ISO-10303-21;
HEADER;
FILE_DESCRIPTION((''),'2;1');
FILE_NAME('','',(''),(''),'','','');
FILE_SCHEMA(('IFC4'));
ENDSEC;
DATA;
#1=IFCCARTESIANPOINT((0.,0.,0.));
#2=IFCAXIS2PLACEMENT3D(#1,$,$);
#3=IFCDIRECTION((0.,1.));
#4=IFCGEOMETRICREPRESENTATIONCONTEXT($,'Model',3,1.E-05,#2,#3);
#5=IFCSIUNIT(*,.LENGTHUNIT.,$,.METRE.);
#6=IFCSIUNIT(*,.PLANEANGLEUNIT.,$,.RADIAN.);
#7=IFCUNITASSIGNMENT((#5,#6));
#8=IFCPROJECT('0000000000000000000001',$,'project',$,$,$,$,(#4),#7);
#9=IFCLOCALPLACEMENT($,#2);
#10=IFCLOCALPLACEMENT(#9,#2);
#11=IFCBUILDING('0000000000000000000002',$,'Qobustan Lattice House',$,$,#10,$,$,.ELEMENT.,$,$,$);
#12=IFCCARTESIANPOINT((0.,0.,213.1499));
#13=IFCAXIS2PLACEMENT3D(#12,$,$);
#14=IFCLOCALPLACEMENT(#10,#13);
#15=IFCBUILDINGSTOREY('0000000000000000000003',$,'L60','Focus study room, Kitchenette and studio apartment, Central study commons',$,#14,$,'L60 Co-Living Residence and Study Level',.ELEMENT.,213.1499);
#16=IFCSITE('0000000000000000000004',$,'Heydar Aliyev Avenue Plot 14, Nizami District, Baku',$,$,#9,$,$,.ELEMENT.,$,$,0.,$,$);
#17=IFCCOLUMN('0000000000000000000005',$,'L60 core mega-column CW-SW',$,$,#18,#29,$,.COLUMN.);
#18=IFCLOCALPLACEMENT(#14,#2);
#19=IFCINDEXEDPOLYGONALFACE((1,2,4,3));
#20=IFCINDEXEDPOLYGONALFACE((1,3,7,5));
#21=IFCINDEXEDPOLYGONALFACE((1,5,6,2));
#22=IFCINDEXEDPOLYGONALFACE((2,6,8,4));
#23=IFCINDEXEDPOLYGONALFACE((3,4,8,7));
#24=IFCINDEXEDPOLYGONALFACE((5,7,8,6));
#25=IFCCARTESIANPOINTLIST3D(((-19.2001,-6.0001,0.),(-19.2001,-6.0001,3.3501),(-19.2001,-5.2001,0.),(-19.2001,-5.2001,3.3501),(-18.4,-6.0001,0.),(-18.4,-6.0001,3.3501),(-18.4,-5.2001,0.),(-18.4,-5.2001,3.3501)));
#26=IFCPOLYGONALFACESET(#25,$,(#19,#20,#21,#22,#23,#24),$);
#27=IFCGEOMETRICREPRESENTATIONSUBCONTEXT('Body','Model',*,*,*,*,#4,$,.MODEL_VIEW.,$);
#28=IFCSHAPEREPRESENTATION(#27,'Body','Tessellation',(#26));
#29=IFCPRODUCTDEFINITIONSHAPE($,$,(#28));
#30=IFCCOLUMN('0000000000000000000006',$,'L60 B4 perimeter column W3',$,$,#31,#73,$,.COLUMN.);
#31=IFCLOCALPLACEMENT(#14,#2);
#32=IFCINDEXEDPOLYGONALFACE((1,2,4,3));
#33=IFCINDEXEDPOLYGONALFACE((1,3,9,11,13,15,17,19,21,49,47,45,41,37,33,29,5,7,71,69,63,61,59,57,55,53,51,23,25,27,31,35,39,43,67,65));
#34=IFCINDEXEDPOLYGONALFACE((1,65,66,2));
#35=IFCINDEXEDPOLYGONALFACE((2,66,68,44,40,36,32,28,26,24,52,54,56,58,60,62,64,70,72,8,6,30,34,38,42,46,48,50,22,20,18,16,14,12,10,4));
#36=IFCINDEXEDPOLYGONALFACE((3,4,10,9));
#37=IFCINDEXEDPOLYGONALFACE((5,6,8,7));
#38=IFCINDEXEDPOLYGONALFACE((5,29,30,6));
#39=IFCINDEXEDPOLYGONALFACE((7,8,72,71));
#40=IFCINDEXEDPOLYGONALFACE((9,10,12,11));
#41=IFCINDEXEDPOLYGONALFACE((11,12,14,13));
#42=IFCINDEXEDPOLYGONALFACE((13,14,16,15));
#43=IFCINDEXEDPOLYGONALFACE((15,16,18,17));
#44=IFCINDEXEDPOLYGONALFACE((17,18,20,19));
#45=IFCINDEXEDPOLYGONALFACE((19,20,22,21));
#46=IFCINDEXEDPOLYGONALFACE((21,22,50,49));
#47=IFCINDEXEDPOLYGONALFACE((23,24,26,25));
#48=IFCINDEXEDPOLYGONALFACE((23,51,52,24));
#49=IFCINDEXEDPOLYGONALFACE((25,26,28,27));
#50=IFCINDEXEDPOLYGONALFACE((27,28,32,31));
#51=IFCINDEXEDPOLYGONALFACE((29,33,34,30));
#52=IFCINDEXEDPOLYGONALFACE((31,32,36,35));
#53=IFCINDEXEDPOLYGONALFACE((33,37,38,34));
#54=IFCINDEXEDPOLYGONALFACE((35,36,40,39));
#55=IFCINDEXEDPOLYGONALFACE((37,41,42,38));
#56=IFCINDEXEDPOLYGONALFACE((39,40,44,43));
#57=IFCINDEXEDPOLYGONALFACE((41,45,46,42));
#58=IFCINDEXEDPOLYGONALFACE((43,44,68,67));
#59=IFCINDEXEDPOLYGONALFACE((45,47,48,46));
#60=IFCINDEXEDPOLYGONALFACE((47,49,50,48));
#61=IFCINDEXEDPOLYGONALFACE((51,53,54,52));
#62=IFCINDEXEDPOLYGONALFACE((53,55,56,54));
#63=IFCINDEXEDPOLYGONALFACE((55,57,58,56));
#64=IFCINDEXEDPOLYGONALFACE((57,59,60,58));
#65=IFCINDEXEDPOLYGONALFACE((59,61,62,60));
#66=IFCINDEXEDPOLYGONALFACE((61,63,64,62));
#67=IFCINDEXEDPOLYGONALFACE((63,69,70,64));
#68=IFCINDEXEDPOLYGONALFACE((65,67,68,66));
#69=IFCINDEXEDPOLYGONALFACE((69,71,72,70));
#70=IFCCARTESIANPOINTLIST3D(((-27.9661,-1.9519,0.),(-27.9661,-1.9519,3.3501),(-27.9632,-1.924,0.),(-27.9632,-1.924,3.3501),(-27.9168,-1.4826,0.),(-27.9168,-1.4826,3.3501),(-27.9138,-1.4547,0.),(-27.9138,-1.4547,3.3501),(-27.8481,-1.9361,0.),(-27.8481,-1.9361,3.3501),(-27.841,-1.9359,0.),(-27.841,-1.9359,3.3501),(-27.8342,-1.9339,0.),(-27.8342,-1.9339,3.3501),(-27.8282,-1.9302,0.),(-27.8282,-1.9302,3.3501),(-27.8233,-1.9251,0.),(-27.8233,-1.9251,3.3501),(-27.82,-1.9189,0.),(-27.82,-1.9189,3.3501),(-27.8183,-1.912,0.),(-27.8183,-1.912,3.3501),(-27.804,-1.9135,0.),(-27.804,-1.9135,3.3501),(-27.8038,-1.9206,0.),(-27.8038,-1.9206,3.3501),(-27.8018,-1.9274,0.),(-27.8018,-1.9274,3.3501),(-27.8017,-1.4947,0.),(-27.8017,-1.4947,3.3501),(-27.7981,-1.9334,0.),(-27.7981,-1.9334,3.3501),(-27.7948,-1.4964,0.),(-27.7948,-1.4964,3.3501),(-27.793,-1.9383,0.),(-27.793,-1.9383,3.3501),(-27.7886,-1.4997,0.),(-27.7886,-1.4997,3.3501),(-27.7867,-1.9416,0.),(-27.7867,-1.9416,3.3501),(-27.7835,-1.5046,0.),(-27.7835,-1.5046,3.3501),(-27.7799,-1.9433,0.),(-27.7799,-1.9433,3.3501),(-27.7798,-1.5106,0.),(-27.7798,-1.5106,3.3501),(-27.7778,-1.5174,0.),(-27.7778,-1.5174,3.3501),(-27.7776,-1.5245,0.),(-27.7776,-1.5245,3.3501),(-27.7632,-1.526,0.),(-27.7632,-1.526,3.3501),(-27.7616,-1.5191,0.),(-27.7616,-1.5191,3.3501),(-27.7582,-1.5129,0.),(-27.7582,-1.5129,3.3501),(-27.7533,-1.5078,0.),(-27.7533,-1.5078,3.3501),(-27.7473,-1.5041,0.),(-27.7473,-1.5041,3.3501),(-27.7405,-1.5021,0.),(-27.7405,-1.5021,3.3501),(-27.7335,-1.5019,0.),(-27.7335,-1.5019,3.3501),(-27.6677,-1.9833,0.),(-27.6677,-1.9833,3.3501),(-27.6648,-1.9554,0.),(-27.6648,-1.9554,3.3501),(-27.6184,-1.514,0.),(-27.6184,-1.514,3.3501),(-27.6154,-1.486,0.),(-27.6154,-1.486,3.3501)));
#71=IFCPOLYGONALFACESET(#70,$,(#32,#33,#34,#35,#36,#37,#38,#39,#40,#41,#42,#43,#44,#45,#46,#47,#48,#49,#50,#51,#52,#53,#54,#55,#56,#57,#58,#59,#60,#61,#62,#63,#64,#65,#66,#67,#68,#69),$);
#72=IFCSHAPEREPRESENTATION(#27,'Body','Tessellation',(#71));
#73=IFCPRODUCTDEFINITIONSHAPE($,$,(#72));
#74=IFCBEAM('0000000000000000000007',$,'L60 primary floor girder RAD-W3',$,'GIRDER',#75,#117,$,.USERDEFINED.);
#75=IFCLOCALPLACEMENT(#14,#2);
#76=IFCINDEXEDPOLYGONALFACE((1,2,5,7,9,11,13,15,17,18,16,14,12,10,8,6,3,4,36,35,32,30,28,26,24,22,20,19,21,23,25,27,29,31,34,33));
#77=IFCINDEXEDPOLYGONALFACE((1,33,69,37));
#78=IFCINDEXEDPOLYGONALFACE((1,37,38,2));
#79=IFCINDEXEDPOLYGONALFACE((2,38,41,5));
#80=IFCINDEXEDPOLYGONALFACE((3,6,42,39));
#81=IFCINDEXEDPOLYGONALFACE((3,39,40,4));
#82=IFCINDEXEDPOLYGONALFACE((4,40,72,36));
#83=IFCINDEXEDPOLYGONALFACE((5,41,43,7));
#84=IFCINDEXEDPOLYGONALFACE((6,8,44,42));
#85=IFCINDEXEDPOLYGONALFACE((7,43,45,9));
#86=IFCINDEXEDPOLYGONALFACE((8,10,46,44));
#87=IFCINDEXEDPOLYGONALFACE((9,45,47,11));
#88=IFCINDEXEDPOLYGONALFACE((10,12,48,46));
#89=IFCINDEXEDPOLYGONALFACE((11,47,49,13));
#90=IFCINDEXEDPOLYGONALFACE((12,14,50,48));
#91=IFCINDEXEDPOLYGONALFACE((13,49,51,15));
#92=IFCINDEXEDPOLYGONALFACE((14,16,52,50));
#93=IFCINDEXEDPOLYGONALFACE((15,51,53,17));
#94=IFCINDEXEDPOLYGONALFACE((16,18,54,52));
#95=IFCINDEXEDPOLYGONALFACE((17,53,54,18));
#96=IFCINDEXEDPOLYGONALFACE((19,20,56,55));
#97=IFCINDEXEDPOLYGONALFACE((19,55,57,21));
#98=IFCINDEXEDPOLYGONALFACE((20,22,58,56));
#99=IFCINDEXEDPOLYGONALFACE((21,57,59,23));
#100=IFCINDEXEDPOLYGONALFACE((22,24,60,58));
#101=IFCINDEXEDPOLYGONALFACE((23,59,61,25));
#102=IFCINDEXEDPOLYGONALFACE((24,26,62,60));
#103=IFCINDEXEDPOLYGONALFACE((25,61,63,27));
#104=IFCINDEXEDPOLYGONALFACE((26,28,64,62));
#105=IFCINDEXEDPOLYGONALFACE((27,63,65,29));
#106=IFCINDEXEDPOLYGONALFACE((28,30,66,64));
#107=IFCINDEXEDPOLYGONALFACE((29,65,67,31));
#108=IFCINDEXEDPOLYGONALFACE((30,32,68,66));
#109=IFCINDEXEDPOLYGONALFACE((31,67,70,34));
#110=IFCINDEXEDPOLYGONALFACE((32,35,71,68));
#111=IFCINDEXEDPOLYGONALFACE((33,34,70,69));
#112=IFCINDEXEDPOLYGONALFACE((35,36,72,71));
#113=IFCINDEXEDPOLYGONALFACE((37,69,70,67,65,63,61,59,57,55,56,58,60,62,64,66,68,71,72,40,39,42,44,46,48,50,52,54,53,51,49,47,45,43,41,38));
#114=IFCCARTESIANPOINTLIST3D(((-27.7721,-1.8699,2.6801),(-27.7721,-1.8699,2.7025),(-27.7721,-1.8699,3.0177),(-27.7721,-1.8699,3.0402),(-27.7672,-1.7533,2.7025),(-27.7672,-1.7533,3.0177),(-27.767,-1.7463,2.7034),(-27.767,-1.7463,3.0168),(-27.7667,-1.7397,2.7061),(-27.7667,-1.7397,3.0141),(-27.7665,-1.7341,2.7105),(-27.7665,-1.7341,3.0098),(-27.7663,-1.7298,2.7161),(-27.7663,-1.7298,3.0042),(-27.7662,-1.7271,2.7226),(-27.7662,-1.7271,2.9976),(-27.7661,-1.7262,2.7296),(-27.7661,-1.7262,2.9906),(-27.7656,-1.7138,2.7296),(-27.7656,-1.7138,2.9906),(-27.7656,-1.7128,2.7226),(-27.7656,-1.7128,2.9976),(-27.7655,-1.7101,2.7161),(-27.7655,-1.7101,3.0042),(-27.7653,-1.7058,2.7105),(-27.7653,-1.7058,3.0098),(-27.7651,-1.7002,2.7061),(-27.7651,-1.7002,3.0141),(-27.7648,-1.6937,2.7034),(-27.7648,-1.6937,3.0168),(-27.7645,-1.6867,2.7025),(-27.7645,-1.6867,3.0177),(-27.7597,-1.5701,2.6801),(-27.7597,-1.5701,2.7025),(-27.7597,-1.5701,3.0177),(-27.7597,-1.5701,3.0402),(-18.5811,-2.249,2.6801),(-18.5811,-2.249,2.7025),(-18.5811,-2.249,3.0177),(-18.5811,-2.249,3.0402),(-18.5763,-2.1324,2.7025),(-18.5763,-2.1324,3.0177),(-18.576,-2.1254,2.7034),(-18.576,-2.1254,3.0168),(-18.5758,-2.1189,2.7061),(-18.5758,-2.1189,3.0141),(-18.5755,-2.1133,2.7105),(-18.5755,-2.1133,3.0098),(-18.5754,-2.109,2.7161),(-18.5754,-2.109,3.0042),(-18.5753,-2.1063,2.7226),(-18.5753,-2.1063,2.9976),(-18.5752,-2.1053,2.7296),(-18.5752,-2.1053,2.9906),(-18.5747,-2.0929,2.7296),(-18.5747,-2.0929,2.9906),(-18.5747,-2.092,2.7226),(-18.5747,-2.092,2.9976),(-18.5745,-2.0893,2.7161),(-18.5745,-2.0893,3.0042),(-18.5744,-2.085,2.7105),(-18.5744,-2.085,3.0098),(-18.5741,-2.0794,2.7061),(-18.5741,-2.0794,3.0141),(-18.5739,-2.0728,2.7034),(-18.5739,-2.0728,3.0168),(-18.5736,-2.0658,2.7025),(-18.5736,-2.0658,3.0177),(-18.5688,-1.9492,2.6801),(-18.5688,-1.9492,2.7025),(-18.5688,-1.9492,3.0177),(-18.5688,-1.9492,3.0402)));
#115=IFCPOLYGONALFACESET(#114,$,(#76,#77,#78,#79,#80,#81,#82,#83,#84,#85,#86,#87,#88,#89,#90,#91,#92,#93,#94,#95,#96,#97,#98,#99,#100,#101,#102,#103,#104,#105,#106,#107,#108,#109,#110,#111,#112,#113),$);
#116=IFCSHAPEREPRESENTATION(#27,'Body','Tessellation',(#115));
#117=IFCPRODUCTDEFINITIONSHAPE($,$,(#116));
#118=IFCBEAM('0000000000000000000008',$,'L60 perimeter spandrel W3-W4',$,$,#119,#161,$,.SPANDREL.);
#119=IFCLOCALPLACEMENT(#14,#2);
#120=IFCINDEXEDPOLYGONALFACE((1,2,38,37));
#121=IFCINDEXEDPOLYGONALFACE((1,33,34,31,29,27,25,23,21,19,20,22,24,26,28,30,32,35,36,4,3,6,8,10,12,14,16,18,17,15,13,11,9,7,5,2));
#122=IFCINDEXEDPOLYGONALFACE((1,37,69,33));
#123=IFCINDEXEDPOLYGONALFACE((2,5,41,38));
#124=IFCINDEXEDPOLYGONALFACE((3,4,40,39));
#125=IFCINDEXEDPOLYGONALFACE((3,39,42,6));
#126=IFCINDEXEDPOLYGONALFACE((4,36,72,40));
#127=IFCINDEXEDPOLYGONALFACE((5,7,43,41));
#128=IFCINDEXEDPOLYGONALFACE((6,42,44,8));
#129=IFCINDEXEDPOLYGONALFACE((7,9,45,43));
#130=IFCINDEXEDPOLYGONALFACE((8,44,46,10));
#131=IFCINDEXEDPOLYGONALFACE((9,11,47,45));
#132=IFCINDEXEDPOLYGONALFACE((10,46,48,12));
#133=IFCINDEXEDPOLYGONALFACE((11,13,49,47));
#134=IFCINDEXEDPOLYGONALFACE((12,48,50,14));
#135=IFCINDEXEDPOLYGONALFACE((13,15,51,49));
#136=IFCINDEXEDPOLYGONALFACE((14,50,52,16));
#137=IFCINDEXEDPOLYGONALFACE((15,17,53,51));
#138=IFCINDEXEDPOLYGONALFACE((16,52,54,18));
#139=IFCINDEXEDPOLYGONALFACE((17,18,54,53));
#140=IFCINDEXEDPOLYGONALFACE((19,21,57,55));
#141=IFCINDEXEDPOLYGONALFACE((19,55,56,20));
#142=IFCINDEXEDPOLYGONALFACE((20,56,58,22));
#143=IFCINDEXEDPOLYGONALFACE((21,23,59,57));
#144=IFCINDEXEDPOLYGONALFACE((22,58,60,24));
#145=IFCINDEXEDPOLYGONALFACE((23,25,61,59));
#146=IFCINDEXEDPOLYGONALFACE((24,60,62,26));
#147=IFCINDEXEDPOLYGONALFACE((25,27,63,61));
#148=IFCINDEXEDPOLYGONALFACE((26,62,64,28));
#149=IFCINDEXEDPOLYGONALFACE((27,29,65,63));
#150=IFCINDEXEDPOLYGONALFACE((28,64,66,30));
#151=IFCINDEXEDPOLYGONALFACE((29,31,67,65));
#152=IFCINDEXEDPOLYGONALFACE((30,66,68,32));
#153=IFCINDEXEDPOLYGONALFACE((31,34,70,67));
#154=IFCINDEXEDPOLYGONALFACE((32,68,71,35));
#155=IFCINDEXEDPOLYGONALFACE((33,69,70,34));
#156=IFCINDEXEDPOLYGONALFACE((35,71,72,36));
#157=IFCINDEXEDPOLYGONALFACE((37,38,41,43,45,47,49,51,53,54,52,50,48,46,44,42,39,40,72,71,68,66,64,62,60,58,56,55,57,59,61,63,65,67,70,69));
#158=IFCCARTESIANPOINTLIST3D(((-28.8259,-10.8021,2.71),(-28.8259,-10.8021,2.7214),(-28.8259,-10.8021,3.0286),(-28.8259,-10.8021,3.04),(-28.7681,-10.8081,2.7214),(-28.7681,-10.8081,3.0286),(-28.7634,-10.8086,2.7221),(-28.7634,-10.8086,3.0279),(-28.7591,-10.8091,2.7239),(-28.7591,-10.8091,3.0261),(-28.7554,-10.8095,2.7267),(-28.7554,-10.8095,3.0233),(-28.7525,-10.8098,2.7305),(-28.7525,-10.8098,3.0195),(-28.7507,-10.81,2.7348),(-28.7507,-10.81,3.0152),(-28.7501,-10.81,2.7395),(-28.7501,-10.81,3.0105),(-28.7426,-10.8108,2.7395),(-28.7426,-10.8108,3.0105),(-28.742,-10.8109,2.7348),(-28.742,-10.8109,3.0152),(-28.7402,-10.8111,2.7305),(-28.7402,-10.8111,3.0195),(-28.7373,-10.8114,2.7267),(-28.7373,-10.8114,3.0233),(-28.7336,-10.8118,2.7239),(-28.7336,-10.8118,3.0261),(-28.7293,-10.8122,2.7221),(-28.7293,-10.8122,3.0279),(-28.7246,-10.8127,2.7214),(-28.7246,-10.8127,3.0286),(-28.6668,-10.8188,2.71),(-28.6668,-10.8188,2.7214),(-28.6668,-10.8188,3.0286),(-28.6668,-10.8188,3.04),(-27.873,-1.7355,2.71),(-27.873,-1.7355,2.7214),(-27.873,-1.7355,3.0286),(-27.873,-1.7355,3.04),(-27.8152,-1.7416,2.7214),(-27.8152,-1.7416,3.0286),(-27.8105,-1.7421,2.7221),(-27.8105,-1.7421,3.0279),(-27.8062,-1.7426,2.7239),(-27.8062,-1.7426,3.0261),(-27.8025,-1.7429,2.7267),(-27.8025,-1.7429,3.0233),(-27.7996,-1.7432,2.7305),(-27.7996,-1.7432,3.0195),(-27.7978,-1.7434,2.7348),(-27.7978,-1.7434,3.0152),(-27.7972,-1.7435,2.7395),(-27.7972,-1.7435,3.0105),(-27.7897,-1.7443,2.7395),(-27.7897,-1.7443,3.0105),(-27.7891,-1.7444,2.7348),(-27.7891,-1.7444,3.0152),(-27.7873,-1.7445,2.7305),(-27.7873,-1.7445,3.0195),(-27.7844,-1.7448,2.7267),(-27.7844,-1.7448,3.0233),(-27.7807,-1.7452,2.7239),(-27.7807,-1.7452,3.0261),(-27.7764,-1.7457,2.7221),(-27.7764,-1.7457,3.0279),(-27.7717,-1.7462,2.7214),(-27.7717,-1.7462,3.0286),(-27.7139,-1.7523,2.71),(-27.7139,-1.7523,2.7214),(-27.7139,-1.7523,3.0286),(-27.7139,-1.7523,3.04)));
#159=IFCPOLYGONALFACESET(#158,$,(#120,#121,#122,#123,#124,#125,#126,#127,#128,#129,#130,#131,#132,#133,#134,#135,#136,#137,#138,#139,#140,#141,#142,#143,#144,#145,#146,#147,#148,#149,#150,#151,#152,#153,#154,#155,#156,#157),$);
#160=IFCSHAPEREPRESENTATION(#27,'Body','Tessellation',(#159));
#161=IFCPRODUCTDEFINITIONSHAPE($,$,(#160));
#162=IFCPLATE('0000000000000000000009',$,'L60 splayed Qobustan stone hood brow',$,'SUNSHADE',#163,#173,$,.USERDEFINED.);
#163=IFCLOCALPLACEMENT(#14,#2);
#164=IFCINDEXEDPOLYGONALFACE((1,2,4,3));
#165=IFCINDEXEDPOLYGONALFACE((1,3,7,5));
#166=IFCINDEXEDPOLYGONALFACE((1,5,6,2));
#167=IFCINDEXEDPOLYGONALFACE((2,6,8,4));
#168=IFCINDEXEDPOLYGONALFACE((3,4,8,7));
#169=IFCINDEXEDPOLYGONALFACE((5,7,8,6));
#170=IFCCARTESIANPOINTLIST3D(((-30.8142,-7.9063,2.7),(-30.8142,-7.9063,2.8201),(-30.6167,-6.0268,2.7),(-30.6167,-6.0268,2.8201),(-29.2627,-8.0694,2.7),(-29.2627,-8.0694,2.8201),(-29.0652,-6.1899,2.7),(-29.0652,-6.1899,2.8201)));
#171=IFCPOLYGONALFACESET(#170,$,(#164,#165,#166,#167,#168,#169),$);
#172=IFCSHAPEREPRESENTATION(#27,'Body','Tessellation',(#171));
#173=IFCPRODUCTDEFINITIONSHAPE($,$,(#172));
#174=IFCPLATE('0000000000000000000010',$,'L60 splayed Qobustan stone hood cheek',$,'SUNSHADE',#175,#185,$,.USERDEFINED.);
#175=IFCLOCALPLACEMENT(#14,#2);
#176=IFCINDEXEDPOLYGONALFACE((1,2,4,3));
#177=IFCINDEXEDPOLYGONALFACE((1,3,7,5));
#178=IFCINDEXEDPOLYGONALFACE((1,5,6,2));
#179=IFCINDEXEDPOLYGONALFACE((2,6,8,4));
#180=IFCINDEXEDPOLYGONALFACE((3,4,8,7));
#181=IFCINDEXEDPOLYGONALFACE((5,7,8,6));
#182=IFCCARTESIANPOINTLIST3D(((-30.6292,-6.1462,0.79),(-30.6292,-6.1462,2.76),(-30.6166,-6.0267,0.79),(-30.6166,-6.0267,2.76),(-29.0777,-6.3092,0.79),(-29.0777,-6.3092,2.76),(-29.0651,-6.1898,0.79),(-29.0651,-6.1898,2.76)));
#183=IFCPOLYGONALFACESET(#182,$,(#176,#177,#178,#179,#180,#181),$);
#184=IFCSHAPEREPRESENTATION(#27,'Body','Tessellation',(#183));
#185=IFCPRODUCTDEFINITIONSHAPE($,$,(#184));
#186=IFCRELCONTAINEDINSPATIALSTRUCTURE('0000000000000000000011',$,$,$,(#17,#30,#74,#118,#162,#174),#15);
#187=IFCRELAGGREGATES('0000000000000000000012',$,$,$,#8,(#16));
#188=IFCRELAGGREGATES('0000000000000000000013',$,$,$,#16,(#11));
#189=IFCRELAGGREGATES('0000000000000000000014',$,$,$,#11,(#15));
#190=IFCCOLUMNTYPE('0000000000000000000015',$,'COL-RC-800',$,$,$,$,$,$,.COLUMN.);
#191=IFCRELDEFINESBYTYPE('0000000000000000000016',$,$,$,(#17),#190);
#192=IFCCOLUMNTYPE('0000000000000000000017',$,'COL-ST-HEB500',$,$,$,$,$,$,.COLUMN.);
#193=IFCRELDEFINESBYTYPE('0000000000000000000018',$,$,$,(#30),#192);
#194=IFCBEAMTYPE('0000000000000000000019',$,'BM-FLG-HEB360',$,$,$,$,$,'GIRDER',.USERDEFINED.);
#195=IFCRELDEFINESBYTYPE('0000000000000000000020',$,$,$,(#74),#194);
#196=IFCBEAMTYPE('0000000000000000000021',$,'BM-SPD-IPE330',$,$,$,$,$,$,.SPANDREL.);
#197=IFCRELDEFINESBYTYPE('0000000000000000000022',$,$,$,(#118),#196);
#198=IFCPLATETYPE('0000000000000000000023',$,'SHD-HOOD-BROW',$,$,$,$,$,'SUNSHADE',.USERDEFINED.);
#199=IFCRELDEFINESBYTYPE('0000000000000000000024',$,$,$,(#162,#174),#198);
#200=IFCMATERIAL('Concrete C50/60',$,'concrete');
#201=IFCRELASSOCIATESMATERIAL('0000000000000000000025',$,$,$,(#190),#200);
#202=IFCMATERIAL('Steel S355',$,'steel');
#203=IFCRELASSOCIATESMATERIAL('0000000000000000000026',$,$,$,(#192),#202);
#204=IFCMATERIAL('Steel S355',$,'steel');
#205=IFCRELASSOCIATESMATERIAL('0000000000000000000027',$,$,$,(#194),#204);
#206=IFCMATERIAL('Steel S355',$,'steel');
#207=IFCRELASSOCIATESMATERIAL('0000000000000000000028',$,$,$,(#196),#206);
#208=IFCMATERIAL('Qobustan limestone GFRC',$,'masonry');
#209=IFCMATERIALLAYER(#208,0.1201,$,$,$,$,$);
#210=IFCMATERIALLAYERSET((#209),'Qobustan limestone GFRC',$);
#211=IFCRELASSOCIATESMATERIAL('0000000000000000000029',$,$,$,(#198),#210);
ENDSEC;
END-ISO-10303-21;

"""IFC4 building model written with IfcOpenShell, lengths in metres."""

from ifc_helpers import new_model, si_unit, direction, frame, origin, origin_2d, place, context, subcontext, project, spatial, rectangle, i_section, extrude, material, layer, layer_set, material_profile, profile_set, type_object, element, save


model = new_model("IFC4")

# Units and contexts
model_context = context("Model", 3, precision=1e-05, world=origin(), true_north=direction((0.0, 1.0)))
body_context = subcontext(model_context, "Body", "Model", "MODEL_VIEW")
ifc_project = project(units=[si_unit("LENGTHUNIT", "METRE"), si_unit("PLANEANGLEUNIT", "RADIAN")], contexts=[model_context])

# Site, building, storey
site_placement = place(None, origin())
site = spatial("IfcSite", under=ifc_project, at=site_placement, Name="Heydar Aliyev Avenue Plot 14, Nizami District, Baku", CompositionType="ELEMENT", RefElevation=0.0)
building_placement = place(site_placement, origin())
building = spatial("IfcBuilding", under=site, at=building_placement, Name="Qobustan Lattice House", CompositionType="ELEMENT")
storey_placement = place(building_placement, frame((0.0, 0.0, 213.1499)))
storey = spatial("IfcBuildingStorey", under=building, at=storey_placement, Name="L60", Description="Focus study room, Kitchenette and studio apartment, Central study commons", LongName="L60 Co-Living Residence and Study Level", CompositionType="ELEMENT", Elevation=213.1499)

# Columns
ifc_material_1 = material(Name="Concrete C50/60", Category="concrete")
ifc_material_profile_1 = material_profile(ifc_material_1, rectangle(XDim=0.8, YDim=0.8, at=origin_2d()), Name="RC800x800")
ifc_profile_set_1 = profile_set([ifc_material_profile_1], Name="Concrete C50/60")
column_type_1 = type_object("IfcColumnType", Name="COL-RC-800", PredefinedType="COLUMN", material=ifc_profile_set_1)
column_1_placement = place(storey_placement, frame((-18.8, -5.6001, 0.0), z_axis=(0.0, 0.0, 1.0), x_axis=(1.0, 0.0, 0.0)))
element("IfcColumn", 1, at=column_1_placement, inside=storey, type_object=column_type_1, Name="L60 core mega-column CW-SW", PredefinedType="COLUMN", context=body_context, shape_type="SweptSolid", body=[
    extrude(rectangle(XDim=0.8, YDim=0.8, at=origin_2d()), origin(), (0.0, 0.0, 1.0), 3.3501),
])
ifc_material_2 = material(Name="Steel S355", Category="steel")
ifc_material_profile_2 = material_profile(ifc_material_2, i_section(OverallWidth=0.3, OverallDepth=0.5, WebThickness=0.0144, FlangeThickness=0.0281, FilletRadius=0.0271, at=origin_2d()), Name="HEB500")
ifc_profile_set_2 = profile_set([ifc_material_profile_2], Name="Steel S355")
column_type_2 = type_object("IfcColumnType", Name="COL-ST-HEB500", PredefinedType="COLUMN", material=ifc_profile_set_2)
column_2_placement = place(storey_placement, frame((-27.7908, -1.719, 0.0), z_axis=(0.0, 0.0, 1.0), x_axis=(0.994522, -0.104528, 0.0)))
element("IfcColumn", 2, at=column_2_placement, inside=storey, type_object=column_type_2, Name="L60 B4 perimeter column W3", PredefinedType="COLUMN", context=body_context, shape_type="SweptSolid", body=[
    extrude(i_section(OverallWidth=0.3, OverallDepth=0.5, WebThickness=0.0144, FlangeThickness=0.0281, FilletRadius=0.0271, at=origin_2d()), origin(), (0.0, 0.0, 1.0), 3.3501),
])

# Beams
ifc_material_3 = material(Name="Steel S355", Category="steel")
ifc_material_profile_3 = material_profile(ifc_material_3, i_section(OverallWidth=0.3, OverallDepth=0.3601, WebThickness=0.0125, FlangeThickness=0.0225, FilletRadius=0.0271, at=origin_2d()), Name="HEB360")
ifc_profile_set_3 = profile_set([ifc_material_profile_3], Name="Steel S355")
beam_type_1 = type_object("IfcBeamType", Name="BM-FLG-HEB360", ElementType="GIRDER", PredefinedType="USERDEFINED", material=ifc_profile_set_3)
beam_1_placement = place(storey_placement, frame((-27.7659, -1.72, 2.8601), z_axis=(0.99915, -0.041218, 0.0), x_axis=(0.041218, 0.99915, 0.0)))
element("IfcBeam", 3, at=beam_1_placement, inside=storey, type_object=beam_type_1, Name="L60 primary floor girder RAD-W3", ObjectType="GIRDER", PredefinedType="USERDEFINED", context=body_context, shape_type="SweptSolid", body=[
    extrude(i_section(OverallWidth=0.3, OverallDepth=0.3601, WebThickness=0.0125, FlangeThickness=0.0225, FilletRadius=0.0271, at=origin_2d()), origin(), (0.0, 0.0, 1.0), 9.1987),
])
ifc_material_4 = material(Name="Steel S355", Category="steel")
ifc_material_profile_4 = material_profile(ifc_material_4, i_section(OverallWidth=0.1599, OverallDepth=0.3301, WebThickness=0.0076, FlangeThickness=0.0115, FilletRadius=0.0181, at=origin_2d()), Name="IPE330")
ifc_profile_set_4 = profile_set([ifc_material_profile_4], Name="Steel S355")
beam_type_2 = type_object("IfcBeamType", Name="BM-SPD-IPE330", PredefinedType="SPANDREL", material=ifc_profile_set_4)
beam_2_placement = place(storey_placement, frame((-27.7935, -1.7439, 2.875), z_axis=(-0.104524, -0.994522, 0.0), x_axis=(0.994522, -0.104524, 0.0)))
element("IfcBeam", 4, at=beam_2_placement, inside=storey, type_object=beam_type_2, Name="L60 perimeter spandrel W3-W4", PredefinedType="SPANDREL", context=body_context, shape_type="SweptSolid", body=[
    extrude(i_section(OverallWidth=0.1599, OverallDepth=0.3301, WebThickness=0.0076, FlangeThickness=0.0115, FilletRadius=0.0181, at=origin_2d()), origin(), (0.0, 0.0, 1.0), 9.1165),
])

# Plates
ifc_material_5 = material(Name="Qobustan limestone GFRC", Category="masonry")
ifc_layer_1 = layer(ifc_material_5, 0.1201)
ifc_layer_set_1 = layer_set([ifc_layer_1], Name="Qobustan limestone GFRC")
plate_type = type_object("IfcPlateType", Name="SHD-HOOD-BROW", ElementType="SUNSHADE", PredefinedType="USERDEFINED", material=ifc_layer_set_1)
plate_1_placement = place(storey_placement, frame((-29.9397, -7.0481, 2.7), z_axis=(0.0, 0.0, 1.0), x_axis=(0.104528, 0.994522, 0.0)))
element("IfcPlate", 5, at=plate_1_placement, inside=storey, type_object=plate_type, Name="L60 splayed Qobustan stone hood brow", ObjectType="SUNSHADE", PredefinedType="USERDEFINED", context=body_context, shape_type="SweptSolid", body=[
    extrude(rectangle(XDim=1.8899, YDim=1.5601, at=origin_2d()), origin(), (0.0, 0.0, 1.0), 0.1201),
])
plate_2_placement = place(storey_placement, frame((-29.8472, -6.168, 0.79), z_axis=(0.0, 0.0, 1.0), x_axis=(0.104528, 0.994522, 0.0)))
element("IfcPlate", 6, at=plate_2_placement, inside=storey, type_object=plate_type, Name="L60 splayed Qobustan stone hood cheek", ObjectType="SUNSHADE", PredefinedType="USERDEFINED", context=body_context, shape_type="SweptSolid", body=[
    extrude(rectangle(XDim=0.1201, YDim=1.5601, at=origin_2d()), origin(), (0.0, 0.0, 1.0), 1.97),
])

save(model, "model.ifc")
